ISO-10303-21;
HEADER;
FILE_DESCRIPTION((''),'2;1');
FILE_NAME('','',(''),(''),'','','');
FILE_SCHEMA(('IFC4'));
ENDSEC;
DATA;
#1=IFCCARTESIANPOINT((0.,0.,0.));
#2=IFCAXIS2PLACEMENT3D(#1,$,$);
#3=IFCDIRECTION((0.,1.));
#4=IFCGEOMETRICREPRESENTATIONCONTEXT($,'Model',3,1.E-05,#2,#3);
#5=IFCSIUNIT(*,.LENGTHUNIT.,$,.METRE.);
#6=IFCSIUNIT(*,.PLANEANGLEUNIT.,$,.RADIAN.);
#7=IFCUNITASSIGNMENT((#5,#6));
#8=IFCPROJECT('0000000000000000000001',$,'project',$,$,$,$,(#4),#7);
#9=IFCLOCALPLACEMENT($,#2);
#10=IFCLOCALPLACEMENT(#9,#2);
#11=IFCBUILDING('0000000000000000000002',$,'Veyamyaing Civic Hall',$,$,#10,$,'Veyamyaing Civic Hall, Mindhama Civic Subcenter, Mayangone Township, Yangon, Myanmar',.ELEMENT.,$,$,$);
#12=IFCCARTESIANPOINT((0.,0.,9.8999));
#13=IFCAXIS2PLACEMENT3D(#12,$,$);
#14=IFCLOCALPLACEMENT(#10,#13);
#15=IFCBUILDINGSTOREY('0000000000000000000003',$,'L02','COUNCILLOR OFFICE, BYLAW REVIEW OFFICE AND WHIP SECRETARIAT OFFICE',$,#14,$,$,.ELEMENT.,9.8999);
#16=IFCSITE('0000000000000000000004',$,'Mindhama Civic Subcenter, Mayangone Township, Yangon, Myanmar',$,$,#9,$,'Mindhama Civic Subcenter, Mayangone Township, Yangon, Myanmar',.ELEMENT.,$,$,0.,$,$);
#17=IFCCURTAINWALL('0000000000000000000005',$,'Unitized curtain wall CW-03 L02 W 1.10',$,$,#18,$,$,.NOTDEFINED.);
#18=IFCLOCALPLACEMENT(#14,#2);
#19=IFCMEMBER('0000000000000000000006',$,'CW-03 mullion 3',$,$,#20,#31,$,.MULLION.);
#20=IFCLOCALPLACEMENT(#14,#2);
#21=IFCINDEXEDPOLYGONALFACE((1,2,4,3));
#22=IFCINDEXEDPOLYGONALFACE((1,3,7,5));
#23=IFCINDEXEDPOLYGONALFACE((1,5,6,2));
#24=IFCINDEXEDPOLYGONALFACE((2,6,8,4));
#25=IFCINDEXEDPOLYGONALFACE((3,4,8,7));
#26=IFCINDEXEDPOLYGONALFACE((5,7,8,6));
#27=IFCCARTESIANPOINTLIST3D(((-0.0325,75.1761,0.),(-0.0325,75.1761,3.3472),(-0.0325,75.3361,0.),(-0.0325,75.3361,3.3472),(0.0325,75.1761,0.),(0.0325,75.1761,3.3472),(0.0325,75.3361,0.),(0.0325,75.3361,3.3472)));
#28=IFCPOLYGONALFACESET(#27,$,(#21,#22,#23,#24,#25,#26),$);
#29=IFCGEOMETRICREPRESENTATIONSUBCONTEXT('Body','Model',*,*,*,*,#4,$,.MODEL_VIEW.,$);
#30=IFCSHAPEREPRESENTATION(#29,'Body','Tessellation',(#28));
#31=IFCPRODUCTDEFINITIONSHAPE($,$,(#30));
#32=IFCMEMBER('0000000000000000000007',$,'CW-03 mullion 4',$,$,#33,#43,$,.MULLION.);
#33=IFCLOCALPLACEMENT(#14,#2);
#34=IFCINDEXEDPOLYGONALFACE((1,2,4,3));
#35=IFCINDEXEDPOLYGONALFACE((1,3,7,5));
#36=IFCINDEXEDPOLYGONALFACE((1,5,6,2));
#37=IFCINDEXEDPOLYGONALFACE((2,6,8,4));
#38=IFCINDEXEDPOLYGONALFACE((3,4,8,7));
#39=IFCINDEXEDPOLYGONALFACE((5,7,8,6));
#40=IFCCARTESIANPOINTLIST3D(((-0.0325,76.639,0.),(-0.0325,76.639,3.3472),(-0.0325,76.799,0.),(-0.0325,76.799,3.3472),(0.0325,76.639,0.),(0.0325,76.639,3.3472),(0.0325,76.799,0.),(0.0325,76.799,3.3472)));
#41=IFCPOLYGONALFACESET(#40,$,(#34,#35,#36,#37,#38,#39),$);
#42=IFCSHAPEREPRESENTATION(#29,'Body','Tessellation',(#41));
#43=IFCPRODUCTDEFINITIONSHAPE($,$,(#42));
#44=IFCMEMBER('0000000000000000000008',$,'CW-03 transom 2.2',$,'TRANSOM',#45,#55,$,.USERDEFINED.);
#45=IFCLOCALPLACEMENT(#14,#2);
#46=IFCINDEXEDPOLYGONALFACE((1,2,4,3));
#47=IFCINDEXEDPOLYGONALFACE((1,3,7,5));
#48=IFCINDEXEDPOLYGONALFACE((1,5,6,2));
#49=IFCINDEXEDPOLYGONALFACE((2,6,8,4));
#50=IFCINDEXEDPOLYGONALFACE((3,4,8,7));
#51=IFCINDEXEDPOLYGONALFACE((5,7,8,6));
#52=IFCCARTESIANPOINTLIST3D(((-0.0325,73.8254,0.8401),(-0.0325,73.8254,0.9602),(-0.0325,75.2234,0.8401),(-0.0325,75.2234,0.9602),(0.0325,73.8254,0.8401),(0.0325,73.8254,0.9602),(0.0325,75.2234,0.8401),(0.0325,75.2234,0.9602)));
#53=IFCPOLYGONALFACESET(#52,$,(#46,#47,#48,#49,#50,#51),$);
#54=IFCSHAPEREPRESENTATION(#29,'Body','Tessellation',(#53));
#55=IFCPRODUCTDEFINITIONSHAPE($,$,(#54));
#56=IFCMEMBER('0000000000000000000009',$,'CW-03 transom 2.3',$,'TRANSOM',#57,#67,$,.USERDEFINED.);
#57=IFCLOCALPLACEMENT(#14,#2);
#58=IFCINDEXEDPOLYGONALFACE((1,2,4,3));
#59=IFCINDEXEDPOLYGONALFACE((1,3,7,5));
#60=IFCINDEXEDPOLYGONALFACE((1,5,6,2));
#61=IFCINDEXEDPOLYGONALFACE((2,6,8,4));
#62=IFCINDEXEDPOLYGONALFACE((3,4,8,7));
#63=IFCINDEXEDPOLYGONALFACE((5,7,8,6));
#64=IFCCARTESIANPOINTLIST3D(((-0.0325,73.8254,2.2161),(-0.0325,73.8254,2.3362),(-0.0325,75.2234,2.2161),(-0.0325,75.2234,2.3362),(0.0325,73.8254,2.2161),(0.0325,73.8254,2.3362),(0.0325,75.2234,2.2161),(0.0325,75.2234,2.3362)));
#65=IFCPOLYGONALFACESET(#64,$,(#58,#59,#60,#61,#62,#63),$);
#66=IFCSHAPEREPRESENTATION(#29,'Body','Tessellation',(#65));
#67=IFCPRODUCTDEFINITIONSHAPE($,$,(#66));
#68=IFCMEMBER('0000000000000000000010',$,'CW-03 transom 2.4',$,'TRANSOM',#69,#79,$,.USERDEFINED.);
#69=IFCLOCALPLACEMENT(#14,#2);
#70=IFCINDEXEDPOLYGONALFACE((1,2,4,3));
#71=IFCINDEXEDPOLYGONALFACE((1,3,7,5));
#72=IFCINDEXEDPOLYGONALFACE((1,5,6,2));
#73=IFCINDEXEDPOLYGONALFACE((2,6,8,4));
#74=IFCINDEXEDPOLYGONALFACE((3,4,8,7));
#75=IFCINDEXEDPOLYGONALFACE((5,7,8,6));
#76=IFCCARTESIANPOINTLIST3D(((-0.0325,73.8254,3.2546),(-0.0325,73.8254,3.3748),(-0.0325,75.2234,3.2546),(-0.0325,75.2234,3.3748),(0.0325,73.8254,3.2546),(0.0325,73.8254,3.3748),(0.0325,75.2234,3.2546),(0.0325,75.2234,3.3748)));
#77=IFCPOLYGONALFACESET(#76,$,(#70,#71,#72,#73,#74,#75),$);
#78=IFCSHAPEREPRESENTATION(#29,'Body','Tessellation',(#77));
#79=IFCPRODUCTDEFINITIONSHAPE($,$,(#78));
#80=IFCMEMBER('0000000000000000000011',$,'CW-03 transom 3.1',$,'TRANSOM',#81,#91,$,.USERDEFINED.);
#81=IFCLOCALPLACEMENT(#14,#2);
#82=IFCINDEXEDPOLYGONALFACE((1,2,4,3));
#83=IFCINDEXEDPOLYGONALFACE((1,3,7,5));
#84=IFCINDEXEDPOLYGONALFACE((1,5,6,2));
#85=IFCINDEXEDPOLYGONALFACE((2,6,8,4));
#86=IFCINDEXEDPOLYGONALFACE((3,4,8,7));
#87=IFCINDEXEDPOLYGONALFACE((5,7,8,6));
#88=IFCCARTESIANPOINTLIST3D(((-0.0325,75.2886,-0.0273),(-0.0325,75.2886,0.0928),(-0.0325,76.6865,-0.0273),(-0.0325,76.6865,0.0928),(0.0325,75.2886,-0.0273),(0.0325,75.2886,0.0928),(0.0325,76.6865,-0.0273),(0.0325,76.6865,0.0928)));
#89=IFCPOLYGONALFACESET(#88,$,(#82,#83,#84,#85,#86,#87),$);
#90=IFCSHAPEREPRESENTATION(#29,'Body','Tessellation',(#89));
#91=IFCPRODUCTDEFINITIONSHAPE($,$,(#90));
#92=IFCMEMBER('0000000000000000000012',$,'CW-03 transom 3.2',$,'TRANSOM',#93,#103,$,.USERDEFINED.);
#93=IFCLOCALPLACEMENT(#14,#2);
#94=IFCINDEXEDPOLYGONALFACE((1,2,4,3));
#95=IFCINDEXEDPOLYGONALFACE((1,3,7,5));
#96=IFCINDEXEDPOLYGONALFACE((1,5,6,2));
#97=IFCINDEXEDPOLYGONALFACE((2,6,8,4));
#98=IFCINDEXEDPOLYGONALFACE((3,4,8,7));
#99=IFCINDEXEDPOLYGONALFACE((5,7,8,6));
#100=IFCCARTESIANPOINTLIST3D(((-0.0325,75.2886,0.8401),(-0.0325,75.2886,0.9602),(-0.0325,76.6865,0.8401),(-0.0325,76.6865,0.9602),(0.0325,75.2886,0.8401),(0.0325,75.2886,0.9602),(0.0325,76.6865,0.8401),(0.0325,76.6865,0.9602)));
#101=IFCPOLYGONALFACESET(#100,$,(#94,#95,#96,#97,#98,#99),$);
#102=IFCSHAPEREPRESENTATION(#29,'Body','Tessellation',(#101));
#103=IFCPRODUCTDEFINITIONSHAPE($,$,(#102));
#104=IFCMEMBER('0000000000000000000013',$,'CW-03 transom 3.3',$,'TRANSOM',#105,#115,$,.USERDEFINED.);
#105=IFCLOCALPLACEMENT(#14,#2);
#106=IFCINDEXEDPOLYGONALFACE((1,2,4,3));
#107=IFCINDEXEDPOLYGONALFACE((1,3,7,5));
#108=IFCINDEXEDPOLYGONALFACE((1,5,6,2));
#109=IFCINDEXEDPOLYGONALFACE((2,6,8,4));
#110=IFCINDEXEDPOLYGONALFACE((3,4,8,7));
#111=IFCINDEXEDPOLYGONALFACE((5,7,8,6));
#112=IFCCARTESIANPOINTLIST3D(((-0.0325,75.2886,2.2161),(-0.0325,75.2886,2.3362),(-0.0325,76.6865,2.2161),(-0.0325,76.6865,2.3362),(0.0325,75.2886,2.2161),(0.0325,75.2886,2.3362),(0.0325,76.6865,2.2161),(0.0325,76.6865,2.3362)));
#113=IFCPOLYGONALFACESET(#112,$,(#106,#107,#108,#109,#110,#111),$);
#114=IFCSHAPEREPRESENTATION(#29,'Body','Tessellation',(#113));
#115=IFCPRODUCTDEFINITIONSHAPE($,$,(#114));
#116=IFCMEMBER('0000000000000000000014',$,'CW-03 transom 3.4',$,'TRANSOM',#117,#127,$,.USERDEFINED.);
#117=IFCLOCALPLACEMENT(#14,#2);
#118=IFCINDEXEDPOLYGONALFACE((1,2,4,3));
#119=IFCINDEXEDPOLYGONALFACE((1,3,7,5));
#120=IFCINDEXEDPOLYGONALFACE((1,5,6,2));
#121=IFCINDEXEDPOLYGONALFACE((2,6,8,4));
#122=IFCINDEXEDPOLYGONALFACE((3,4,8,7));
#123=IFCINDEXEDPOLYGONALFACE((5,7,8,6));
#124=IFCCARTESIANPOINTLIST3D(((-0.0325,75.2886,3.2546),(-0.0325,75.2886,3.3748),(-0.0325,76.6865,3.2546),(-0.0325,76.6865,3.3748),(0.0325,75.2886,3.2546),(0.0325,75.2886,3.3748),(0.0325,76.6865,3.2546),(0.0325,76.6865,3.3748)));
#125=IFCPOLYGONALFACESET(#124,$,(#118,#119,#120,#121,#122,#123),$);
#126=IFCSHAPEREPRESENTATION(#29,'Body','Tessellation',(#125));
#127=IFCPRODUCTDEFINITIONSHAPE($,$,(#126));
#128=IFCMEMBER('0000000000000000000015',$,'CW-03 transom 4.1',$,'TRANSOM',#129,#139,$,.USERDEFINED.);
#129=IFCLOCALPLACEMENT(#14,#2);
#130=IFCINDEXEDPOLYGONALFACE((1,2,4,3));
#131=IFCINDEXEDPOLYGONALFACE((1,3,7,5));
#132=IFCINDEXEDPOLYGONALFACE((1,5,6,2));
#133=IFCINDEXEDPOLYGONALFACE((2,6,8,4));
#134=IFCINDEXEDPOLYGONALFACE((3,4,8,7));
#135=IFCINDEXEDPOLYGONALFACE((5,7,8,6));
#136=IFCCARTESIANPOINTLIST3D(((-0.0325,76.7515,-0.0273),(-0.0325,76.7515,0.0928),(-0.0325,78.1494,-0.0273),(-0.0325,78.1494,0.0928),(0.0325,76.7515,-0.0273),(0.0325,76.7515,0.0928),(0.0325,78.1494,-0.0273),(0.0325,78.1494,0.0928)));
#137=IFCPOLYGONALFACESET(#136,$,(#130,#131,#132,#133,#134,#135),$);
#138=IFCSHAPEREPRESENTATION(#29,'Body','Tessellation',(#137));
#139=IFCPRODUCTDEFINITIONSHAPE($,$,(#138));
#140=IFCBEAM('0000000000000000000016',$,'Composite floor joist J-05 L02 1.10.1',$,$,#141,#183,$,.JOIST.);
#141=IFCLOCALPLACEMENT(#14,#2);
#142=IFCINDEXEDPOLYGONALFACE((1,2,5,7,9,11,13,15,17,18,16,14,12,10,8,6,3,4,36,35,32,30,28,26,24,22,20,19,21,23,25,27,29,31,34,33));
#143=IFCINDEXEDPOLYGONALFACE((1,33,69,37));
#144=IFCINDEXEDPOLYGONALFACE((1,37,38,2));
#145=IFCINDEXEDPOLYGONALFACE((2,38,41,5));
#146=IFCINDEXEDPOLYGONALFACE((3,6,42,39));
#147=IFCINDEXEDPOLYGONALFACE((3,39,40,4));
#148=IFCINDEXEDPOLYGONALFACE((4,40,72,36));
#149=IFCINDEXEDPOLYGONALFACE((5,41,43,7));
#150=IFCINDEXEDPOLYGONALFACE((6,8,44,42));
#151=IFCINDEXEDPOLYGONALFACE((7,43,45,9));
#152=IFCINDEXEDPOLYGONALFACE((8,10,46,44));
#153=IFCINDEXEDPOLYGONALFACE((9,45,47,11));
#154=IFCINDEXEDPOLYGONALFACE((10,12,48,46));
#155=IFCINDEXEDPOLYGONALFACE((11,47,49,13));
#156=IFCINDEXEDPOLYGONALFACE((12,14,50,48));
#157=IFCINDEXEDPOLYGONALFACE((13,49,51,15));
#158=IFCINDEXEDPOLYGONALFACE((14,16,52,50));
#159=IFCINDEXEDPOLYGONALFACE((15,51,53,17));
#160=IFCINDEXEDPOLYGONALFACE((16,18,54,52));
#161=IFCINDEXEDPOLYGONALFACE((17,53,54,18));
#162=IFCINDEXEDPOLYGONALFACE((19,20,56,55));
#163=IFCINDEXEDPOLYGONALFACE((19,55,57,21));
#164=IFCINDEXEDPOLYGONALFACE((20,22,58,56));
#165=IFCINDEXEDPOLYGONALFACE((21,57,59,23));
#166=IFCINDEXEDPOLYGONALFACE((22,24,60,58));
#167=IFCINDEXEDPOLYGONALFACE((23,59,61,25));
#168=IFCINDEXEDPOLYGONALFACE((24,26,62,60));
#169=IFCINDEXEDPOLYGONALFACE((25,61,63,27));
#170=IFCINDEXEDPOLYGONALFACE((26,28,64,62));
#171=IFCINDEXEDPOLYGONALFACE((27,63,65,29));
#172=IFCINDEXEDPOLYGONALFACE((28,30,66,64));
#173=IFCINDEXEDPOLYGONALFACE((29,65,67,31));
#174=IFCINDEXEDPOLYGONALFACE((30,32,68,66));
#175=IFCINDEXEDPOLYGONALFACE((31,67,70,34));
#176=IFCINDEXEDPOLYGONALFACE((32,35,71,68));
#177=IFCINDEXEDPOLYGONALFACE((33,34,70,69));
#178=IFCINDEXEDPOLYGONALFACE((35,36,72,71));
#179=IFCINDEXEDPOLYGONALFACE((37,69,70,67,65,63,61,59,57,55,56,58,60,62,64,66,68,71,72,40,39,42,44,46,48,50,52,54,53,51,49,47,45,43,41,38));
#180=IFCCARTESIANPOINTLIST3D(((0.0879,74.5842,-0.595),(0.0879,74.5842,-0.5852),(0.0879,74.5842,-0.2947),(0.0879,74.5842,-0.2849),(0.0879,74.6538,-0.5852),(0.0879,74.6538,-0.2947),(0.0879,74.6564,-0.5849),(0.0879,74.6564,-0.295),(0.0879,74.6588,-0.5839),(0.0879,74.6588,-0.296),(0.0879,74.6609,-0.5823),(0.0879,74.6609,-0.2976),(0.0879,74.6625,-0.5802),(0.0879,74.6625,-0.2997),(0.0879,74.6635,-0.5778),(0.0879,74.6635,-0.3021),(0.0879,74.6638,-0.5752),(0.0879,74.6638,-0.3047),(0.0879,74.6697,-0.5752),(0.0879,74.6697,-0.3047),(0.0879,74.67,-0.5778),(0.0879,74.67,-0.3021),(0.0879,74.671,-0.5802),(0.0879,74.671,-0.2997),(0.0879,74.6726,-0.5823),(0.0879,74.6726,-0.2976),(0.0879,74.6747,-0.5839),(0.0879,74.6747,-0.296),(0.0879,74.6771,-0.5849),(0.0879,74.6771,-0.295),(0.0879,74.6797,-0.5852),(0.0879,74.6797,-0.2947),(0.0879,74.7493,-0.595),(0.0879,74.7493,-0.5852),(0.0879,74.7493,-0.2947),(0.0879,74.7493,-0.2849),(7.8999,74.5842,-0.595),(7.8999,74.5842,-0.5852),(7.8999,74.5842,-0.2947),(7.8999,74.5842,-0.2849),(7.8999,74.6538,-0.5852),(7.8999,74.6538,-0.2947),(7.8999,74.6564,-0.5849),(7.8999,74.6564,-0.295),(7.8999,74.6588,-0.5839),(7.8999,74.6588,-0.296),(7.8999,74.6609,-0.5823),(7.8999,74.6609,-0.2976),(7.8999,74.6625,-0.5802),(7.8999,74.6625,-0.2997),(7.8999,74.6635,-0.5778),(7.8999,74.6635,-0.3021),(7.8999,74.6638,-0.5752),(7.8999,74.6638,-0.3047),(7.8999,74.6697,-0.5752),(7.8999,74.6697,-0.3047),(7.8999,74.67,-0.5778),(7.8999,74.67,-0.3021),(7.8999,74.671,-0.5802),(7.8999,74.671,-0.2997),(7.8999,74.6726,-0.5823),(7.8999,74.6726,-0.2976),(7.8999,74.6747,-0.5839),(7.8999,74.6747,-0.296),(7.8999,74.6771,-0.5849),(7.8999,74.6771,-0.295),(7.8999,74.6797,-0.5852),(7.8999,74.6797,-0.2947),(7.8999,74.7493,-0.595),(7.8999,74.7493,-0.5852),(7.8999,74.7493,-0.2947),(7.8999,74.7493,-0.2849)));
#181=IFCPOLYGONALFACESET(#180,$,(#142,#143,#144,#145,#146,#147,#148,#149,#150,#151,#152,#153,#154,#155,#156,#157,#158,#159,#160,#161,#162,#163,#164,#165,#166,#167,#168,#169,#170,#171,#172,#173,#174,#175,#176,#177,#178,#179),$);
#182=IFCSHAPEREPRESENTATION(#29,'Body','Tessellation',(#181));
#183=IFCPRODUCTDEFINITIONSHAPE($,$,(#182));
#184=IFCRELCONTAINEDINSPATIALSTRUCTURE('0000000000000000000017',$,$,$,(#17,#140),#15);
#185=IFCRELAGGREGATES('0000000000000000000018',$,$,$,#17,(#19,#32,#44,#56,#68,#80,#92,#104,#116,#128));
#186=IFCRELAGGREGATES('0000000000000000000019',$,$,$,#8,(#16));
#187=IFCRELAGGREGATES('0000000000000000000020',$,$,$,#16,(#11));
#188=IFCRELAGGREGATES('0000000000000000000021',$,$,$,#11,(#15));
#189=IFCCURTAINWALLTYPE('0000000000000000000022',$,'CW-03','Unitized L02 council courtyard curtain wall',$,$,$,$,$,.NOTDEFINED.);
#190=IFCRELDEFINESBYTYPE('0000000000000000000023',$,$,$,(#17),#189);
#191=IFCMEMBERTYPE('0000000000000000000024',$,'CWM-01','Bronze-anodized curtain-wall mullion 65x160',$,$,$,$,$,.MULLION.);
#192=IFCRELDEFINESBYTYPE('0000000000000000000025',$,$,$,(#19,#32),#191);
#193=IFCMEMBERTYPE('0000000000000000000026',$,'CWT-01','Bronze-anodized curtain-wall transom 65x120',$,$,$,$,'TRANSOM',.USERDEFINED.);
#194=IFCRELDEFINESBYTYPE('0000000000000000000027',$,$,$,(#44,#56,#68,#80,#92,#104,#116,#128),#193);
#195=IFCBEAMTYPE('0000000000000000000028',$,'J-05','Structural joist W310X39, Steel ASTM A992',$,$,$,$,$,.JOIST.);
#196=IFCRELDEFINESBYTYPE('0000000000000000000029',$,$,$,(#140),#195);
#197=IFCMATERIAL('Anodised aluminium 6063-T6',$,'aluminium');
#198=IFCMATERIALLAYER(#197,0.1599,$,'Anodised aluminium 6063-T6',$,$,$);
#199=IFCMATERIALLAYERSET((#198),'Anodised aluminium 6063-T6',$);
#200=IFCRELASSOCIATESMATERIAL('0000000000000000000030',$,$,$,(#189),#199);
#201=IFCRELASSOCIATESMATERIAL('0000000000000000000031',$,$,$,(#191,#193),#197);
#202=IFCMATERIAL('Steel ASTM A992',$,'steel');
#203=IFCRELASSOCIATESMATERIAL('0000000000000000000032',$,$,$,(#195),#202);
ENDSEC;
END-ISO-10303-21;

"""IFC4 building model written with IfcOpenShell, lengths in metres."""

from ifc_helpers import new_model, si_unit, direction, frame, origin, origin_2d, place, context, subcontext, project, spatial, rectangle, i_section, extrude, material, layer, layer_set, material_profile, profile_set, type_object, element, aggregate, save


model = new_model("IFC4")

# Units and contexts
model_context = context("Model", 3, precision=1e-05, world=origin(), true_north=direction((0.0, 1.0)))
body_context = subcontext(model_context, "Body", "Model", "MODEL_VIEW")
ifc_project = project(units=[si_unit("LENGTHUNIT", "METRE"), si_unit("PLANEANGLEUNIT", "RADIAN")], contexts=[model_context])

# Site, building, storey
site_placement = place(None, origin())
site = spatial("IfcSite", under=ifc_project, at=site_placement, Name="Mindhama Civic Subcenter, Mayangone Township, Yangon, Myanmar", LongName="Mindhama Civic Subcenter, Mayangone Township, Yangon, Myanmar", CompositionType="ELEMENT", RefElevation=0.0)
building_placement = place(site_placement, origin())
building = spatial("IfcBuilding", under=site, at=building_placement, Name="Veyamyaing Civic Hall", LongName="Veyamyaing Civic Hall, Mindhama Civic Subcenter, Mayangone Township, Yangon, Myanmar", CompositionType="ELEMENT")
storey_placement = place(building_placement, frame((0.0, 0.0, 9.8999)))
storey = spatial("IfcBuildingStorey", under=building, at=storey_placement, Name="L02", Description="COUNCILLOR OFFICE, BYLAW REVIEW OFFICE AND WHIP SECRETARIAT OFFICE", CompositionType="ELEMENT", Elevation=9.8999)

# Curtain wall, members
ifc_material_1 = material(Name="Anodised aluminium 6063-T6", Category="aluminium")
ifc_layer_1 = layer(ifc_material_1, 0.1599, Name="Anodised aluminium 6063-T6")
ifc_layer_set_1 = layer_set([ifc_layer_1], Name="Anodised aluminium 6063-T6")
curtain_wall_type = type_object("IfcCurtainWallType", Name="CW-03", Description="Unitized L02 council courtyard curtain wall", PredefinedType="NOTDEFINED", material=ifc_layer_set_1)
curtain_wall_placement = place(storey_placement, origin())
curtain_wall = element("IfcCurtainWall", 1, at=curtain_wall_placement, inside=storey, type_object=curtain_wall_type, Name="Unitized curtain wall CW-03 L02 W 1.10", PredefinedType="NOTDEFINED")
ifc_material_profile_1 = material_profile(ifc_material_1, rectangle(XDim=0.0649, YDim=0.1599, at=origin_2d()), Name="ALU-MUL-65X160")
ifc_profile_set_1 = profile_set([ifc_material_profile_1], Name="Anodised aluminium 6063-T6")
member_type_1 = type_object("IfcMemberType", Name="CWM-01", Description="Bronze-anodized curtain-wall mullion 65x160", PredefinedType="MULLION", material=ifc_profile_set_1)
member_1_placement = place(storey_placement, frame((0.0, 75.2561, 0.0), z_axis=(0.0, 0.0, 1.0), x_axis=(-1.0, 0.0, 0.0)))
member_1 = element("IfcMember", 2, at=member_1_placement, type_object=member_type_1, Name="CW-03 mullion 3", PredefinedType="MULLION", context=body_context, shape_type="SweptSolid", body=[
    extrude(rectangle(XDim=0.0649, YDim=0.1599, at=origin_2d()), origin(), (0.0, 0.0, 1.0), 3.3472),
])
member_2_placement = place(storey_placement, frame((0.0, 76.719, 0.0), z_axis=(0.0, 0.0, 1.0), x_axis=(-1.0, 0.0, 0.0)))
member_2 = element("IfcMember", 3, at=member_2_placement, type_object=member_type_1, Name="CW-03 mullion 4", PredefinedType="MULLION", context=body_context, shape_type="SweptSolid", body=[
    extrude(rectangle(XDim=0.0649, YDim=0.1599, at=origin_2d()), origin(), (0.0, 0.0, 1.0), 3.3472),
])
ifc_material_profile_2 = material_profile(ifc_material_1, rectangle(XDim=0.0649, YDim=0.1201, at=origin_2d()), Name="ALU-TRN-65X120")
ifc_profile_set_2 = profile_set([ifc_material_profile_2], Name="Anodised aluminium 6063-T6")
member_type_2 = type_object("IfcMemberType", Name="CWT-01", Description="Bronze-anodized curtain-wall transom 65x120", ElementType="TRANSOM", PredefinedType="USERDEFINED", material=ifc_profile_set_2)
member_3_placement = place(storey_placement, frame((0.0, 73.8254, 0.9001), z_axis=(0.0, 1.0, 0.0), x_axis=(-1.0, 0.0, 0.0)))
member_3 = element("IfcMember", 4, at=member_3_placement, type_object=member_type_2, Name="CW-03 transom 2.2", ObjectType="TRANSOM", PredefinedType="USERDEFINED", context=body_context, shape_type="SweptSolid", body=[
    extrude(rectangle(XDim=0.0649, YDim=0.1201, at=origin_2d()), origin(), (0.0, 0.0, 1.0), 1.3979),
])
member_4_placement = place(storey_placement, frame((0.0, 73.8254, 2.2761), z_axis=(0.0, 1.0, 0.0), x_axis=(-1.0, 0.0, 0.0)))
member_4 = element("IfcMember", 5, at=member_4_placement, type_object=member_type_2, Name="CW-03 transom 2.3", ObjectType="TRANSOM", PredefinedType="USERDEFINED", context=body_context, shape_type="SweptSolid", body=[
    extrude(rectangle(XDim=0.0649, YDim=0.1201, at=origin_2d()), origin(), (0.0, 0.0, 1.0), 1.3979),
])
member_5_placement = place(storey_placement, frame((0.0, 73.8254, 3.3147), z_axis=(0.0, 1.0, 0.0), x_axis=(-1.0, 0.0, 0.0)))
member_5 = element("IfcMember", 6, at=member_5_placement, type_object=member_type_2, Name="CW-03 transom 2.4", ObjectType="TRANSOM", PredefinedType="USERDEFINED", context=body_context, shape_type="SweptSolid", body=[
    extrude(rectangle(XDim=0.0649, YDim=0.1201, at=origin_2d()), origin(), (0.0, 0.0, 1.0), 1.3979),
])
member_6_placement = place(storey_placement, frame((0.0, 75.2886, 0.0327), z_axis=(0.0, 1.0, 0.0), x_axis=(-1.0, 0.0, 0.0)))
member_6 = element("IfcMember", 7, at=member_6_placement, type_object=member_type_2, Name="CW-03 transom 3.1", ObjectType="TRANSOM", PredefinedType="USERDEFINED", context=body_context, shape_type="SweptSolid", body=[
    extrude(rectangle(XDim=0.0649, YDim=0.1201, at=origin_2d()), origin(), (0.0, 0.0, 1.0), 1.3979),
])
member_7_placement = place(storey_placement, frame((0.0, 75.2886, 0.9001), z_axis=(0.0, 1.0, 0.0), x_axis=(-1.0, 0.0, 0.0)))
member_7 = element("IfcMember", 8, at=member_7_placement, type_object=member_type_2, Name="CW-03 transom 3.2", ObjectType="TRANSOM", PredefinedType="USERDEFINED", context=body_context, shape_type="SweptSolid", body=[
    extrude(rectangle(XDim=0.0649, YDim=0.1201, at=origin_2d()), origin(), (0.0, 0.0, 1.0), 1.3979),
])
member_8_placement = place(storey_placement, frame((0.0, 75.2886, 2.2761), z_axis=(0.0, 1.0, 0.0), x_axis=(-1.0, 0.0, 0.0)))
member_8 = element("IfcMember", 9, at=member_8_placement, type_object=member_type_2, Name="CW-03 transom 3.3", ObjectType="TRANSOM", PredefinedType="USERDEFINED", context=body_context, shape_type="SweptSolid", body=[
    extrude(rectangle(XDim=0.0649, YDim=0.1201, at=origin_2d()), origin(), (0.0, 0.0, 1.0), 1.3979),
])
member_9_placement = place(storey_placement, frame((0.0, 75.2886, 3.3147), z_axis=(0.0, 1.0, 0.0), x_axis=(-1.0, 0.0, 0.0)))
member_9 = element("IfcMember", 10, at=member_9_placement, type_object=member_type_2, Name="CW-03 transom 3.4", ObjectType="TRANSOM", PredefinedType="USERDEFINED", context=body_context, shape_type="SweptSolid", body=[
    extrude(rectangle(XDim=0.0649, YDim=0.1201, at=origin_2d()), origin(), (0.0, 0.0, 1.0), 1.3979),
])
member_10_placement = place(storey_placement, frame((0.0, 76.7515, 0.0327), z_axis=(0.0, 1.0, 0.0), x_axis=(-1.0, 0.0, 0.0)))
member_10 = element("IfcMember", 11, at=member_10_placement, type_object=member_type_2, Name="CW-03 transom 4.1", ObjectType="TRANSOM", PredefinedType="USERDEFINED", context=body_context, shape_type="SweptSolid", body=[
    extrude(rectangle(XDim=0.0649, YDim=0.1201, at=origin_2d()), origin(), (0.0, 0.0, 1.0), 1.3979),
])

# Beam
ifc_material_2 = material(Name="Steel ASTM A992", Category="steel")
ifc_material_profile_3 = material_profile(ifc_material_2, i_section(OverallWidth=0.165, OverallDepth=0.3101, WebThickness=0.0059, FlangeThickness=0.0098, FilletRadius=0.01, at=origin_2d()), Name="W310X39")
ifc_profile_set_3 = profile_set([ifc_material_profile_3], Name="Steel ASTM A992")
beam_type = type_object("IfcBeamType", Name="J-05", Description="Structural joist W310X39, Steel ASTM A992", PredefinedType="JOIST", material=ifc_profile_set_3)
beam_placement = place(storey_placement, frame((0.0879, 74.6667, -0.4399), z_axis=(1.0, 0.0, 0.0), x_axis=(0.0, 1.0, 0.0)))
element("IfcBeam", 12, at=beam_placement, inside=storey, type_object=beam_type, Name="Composite floor joist J-05 L02 1.10.1", PredefinedType="JOIST", context=body_context, shape_type="SweptSolid", body=[
    extrude(i_section(OverallWidth=0.165, OverallDepth=0.3101, WebThickness=0.0059, FlangeThickness=0.0098, FilletRadius=0.01, at=origin_2d()), origin(), (0.0, 0.0, 1.0), 7.812),
])

aggregate(curtain_wall, [member_1, member_2, member_3, member_4, member_5, member_6, member_7, member_8, member_9, member_10])

save(model, "model.ifc")
